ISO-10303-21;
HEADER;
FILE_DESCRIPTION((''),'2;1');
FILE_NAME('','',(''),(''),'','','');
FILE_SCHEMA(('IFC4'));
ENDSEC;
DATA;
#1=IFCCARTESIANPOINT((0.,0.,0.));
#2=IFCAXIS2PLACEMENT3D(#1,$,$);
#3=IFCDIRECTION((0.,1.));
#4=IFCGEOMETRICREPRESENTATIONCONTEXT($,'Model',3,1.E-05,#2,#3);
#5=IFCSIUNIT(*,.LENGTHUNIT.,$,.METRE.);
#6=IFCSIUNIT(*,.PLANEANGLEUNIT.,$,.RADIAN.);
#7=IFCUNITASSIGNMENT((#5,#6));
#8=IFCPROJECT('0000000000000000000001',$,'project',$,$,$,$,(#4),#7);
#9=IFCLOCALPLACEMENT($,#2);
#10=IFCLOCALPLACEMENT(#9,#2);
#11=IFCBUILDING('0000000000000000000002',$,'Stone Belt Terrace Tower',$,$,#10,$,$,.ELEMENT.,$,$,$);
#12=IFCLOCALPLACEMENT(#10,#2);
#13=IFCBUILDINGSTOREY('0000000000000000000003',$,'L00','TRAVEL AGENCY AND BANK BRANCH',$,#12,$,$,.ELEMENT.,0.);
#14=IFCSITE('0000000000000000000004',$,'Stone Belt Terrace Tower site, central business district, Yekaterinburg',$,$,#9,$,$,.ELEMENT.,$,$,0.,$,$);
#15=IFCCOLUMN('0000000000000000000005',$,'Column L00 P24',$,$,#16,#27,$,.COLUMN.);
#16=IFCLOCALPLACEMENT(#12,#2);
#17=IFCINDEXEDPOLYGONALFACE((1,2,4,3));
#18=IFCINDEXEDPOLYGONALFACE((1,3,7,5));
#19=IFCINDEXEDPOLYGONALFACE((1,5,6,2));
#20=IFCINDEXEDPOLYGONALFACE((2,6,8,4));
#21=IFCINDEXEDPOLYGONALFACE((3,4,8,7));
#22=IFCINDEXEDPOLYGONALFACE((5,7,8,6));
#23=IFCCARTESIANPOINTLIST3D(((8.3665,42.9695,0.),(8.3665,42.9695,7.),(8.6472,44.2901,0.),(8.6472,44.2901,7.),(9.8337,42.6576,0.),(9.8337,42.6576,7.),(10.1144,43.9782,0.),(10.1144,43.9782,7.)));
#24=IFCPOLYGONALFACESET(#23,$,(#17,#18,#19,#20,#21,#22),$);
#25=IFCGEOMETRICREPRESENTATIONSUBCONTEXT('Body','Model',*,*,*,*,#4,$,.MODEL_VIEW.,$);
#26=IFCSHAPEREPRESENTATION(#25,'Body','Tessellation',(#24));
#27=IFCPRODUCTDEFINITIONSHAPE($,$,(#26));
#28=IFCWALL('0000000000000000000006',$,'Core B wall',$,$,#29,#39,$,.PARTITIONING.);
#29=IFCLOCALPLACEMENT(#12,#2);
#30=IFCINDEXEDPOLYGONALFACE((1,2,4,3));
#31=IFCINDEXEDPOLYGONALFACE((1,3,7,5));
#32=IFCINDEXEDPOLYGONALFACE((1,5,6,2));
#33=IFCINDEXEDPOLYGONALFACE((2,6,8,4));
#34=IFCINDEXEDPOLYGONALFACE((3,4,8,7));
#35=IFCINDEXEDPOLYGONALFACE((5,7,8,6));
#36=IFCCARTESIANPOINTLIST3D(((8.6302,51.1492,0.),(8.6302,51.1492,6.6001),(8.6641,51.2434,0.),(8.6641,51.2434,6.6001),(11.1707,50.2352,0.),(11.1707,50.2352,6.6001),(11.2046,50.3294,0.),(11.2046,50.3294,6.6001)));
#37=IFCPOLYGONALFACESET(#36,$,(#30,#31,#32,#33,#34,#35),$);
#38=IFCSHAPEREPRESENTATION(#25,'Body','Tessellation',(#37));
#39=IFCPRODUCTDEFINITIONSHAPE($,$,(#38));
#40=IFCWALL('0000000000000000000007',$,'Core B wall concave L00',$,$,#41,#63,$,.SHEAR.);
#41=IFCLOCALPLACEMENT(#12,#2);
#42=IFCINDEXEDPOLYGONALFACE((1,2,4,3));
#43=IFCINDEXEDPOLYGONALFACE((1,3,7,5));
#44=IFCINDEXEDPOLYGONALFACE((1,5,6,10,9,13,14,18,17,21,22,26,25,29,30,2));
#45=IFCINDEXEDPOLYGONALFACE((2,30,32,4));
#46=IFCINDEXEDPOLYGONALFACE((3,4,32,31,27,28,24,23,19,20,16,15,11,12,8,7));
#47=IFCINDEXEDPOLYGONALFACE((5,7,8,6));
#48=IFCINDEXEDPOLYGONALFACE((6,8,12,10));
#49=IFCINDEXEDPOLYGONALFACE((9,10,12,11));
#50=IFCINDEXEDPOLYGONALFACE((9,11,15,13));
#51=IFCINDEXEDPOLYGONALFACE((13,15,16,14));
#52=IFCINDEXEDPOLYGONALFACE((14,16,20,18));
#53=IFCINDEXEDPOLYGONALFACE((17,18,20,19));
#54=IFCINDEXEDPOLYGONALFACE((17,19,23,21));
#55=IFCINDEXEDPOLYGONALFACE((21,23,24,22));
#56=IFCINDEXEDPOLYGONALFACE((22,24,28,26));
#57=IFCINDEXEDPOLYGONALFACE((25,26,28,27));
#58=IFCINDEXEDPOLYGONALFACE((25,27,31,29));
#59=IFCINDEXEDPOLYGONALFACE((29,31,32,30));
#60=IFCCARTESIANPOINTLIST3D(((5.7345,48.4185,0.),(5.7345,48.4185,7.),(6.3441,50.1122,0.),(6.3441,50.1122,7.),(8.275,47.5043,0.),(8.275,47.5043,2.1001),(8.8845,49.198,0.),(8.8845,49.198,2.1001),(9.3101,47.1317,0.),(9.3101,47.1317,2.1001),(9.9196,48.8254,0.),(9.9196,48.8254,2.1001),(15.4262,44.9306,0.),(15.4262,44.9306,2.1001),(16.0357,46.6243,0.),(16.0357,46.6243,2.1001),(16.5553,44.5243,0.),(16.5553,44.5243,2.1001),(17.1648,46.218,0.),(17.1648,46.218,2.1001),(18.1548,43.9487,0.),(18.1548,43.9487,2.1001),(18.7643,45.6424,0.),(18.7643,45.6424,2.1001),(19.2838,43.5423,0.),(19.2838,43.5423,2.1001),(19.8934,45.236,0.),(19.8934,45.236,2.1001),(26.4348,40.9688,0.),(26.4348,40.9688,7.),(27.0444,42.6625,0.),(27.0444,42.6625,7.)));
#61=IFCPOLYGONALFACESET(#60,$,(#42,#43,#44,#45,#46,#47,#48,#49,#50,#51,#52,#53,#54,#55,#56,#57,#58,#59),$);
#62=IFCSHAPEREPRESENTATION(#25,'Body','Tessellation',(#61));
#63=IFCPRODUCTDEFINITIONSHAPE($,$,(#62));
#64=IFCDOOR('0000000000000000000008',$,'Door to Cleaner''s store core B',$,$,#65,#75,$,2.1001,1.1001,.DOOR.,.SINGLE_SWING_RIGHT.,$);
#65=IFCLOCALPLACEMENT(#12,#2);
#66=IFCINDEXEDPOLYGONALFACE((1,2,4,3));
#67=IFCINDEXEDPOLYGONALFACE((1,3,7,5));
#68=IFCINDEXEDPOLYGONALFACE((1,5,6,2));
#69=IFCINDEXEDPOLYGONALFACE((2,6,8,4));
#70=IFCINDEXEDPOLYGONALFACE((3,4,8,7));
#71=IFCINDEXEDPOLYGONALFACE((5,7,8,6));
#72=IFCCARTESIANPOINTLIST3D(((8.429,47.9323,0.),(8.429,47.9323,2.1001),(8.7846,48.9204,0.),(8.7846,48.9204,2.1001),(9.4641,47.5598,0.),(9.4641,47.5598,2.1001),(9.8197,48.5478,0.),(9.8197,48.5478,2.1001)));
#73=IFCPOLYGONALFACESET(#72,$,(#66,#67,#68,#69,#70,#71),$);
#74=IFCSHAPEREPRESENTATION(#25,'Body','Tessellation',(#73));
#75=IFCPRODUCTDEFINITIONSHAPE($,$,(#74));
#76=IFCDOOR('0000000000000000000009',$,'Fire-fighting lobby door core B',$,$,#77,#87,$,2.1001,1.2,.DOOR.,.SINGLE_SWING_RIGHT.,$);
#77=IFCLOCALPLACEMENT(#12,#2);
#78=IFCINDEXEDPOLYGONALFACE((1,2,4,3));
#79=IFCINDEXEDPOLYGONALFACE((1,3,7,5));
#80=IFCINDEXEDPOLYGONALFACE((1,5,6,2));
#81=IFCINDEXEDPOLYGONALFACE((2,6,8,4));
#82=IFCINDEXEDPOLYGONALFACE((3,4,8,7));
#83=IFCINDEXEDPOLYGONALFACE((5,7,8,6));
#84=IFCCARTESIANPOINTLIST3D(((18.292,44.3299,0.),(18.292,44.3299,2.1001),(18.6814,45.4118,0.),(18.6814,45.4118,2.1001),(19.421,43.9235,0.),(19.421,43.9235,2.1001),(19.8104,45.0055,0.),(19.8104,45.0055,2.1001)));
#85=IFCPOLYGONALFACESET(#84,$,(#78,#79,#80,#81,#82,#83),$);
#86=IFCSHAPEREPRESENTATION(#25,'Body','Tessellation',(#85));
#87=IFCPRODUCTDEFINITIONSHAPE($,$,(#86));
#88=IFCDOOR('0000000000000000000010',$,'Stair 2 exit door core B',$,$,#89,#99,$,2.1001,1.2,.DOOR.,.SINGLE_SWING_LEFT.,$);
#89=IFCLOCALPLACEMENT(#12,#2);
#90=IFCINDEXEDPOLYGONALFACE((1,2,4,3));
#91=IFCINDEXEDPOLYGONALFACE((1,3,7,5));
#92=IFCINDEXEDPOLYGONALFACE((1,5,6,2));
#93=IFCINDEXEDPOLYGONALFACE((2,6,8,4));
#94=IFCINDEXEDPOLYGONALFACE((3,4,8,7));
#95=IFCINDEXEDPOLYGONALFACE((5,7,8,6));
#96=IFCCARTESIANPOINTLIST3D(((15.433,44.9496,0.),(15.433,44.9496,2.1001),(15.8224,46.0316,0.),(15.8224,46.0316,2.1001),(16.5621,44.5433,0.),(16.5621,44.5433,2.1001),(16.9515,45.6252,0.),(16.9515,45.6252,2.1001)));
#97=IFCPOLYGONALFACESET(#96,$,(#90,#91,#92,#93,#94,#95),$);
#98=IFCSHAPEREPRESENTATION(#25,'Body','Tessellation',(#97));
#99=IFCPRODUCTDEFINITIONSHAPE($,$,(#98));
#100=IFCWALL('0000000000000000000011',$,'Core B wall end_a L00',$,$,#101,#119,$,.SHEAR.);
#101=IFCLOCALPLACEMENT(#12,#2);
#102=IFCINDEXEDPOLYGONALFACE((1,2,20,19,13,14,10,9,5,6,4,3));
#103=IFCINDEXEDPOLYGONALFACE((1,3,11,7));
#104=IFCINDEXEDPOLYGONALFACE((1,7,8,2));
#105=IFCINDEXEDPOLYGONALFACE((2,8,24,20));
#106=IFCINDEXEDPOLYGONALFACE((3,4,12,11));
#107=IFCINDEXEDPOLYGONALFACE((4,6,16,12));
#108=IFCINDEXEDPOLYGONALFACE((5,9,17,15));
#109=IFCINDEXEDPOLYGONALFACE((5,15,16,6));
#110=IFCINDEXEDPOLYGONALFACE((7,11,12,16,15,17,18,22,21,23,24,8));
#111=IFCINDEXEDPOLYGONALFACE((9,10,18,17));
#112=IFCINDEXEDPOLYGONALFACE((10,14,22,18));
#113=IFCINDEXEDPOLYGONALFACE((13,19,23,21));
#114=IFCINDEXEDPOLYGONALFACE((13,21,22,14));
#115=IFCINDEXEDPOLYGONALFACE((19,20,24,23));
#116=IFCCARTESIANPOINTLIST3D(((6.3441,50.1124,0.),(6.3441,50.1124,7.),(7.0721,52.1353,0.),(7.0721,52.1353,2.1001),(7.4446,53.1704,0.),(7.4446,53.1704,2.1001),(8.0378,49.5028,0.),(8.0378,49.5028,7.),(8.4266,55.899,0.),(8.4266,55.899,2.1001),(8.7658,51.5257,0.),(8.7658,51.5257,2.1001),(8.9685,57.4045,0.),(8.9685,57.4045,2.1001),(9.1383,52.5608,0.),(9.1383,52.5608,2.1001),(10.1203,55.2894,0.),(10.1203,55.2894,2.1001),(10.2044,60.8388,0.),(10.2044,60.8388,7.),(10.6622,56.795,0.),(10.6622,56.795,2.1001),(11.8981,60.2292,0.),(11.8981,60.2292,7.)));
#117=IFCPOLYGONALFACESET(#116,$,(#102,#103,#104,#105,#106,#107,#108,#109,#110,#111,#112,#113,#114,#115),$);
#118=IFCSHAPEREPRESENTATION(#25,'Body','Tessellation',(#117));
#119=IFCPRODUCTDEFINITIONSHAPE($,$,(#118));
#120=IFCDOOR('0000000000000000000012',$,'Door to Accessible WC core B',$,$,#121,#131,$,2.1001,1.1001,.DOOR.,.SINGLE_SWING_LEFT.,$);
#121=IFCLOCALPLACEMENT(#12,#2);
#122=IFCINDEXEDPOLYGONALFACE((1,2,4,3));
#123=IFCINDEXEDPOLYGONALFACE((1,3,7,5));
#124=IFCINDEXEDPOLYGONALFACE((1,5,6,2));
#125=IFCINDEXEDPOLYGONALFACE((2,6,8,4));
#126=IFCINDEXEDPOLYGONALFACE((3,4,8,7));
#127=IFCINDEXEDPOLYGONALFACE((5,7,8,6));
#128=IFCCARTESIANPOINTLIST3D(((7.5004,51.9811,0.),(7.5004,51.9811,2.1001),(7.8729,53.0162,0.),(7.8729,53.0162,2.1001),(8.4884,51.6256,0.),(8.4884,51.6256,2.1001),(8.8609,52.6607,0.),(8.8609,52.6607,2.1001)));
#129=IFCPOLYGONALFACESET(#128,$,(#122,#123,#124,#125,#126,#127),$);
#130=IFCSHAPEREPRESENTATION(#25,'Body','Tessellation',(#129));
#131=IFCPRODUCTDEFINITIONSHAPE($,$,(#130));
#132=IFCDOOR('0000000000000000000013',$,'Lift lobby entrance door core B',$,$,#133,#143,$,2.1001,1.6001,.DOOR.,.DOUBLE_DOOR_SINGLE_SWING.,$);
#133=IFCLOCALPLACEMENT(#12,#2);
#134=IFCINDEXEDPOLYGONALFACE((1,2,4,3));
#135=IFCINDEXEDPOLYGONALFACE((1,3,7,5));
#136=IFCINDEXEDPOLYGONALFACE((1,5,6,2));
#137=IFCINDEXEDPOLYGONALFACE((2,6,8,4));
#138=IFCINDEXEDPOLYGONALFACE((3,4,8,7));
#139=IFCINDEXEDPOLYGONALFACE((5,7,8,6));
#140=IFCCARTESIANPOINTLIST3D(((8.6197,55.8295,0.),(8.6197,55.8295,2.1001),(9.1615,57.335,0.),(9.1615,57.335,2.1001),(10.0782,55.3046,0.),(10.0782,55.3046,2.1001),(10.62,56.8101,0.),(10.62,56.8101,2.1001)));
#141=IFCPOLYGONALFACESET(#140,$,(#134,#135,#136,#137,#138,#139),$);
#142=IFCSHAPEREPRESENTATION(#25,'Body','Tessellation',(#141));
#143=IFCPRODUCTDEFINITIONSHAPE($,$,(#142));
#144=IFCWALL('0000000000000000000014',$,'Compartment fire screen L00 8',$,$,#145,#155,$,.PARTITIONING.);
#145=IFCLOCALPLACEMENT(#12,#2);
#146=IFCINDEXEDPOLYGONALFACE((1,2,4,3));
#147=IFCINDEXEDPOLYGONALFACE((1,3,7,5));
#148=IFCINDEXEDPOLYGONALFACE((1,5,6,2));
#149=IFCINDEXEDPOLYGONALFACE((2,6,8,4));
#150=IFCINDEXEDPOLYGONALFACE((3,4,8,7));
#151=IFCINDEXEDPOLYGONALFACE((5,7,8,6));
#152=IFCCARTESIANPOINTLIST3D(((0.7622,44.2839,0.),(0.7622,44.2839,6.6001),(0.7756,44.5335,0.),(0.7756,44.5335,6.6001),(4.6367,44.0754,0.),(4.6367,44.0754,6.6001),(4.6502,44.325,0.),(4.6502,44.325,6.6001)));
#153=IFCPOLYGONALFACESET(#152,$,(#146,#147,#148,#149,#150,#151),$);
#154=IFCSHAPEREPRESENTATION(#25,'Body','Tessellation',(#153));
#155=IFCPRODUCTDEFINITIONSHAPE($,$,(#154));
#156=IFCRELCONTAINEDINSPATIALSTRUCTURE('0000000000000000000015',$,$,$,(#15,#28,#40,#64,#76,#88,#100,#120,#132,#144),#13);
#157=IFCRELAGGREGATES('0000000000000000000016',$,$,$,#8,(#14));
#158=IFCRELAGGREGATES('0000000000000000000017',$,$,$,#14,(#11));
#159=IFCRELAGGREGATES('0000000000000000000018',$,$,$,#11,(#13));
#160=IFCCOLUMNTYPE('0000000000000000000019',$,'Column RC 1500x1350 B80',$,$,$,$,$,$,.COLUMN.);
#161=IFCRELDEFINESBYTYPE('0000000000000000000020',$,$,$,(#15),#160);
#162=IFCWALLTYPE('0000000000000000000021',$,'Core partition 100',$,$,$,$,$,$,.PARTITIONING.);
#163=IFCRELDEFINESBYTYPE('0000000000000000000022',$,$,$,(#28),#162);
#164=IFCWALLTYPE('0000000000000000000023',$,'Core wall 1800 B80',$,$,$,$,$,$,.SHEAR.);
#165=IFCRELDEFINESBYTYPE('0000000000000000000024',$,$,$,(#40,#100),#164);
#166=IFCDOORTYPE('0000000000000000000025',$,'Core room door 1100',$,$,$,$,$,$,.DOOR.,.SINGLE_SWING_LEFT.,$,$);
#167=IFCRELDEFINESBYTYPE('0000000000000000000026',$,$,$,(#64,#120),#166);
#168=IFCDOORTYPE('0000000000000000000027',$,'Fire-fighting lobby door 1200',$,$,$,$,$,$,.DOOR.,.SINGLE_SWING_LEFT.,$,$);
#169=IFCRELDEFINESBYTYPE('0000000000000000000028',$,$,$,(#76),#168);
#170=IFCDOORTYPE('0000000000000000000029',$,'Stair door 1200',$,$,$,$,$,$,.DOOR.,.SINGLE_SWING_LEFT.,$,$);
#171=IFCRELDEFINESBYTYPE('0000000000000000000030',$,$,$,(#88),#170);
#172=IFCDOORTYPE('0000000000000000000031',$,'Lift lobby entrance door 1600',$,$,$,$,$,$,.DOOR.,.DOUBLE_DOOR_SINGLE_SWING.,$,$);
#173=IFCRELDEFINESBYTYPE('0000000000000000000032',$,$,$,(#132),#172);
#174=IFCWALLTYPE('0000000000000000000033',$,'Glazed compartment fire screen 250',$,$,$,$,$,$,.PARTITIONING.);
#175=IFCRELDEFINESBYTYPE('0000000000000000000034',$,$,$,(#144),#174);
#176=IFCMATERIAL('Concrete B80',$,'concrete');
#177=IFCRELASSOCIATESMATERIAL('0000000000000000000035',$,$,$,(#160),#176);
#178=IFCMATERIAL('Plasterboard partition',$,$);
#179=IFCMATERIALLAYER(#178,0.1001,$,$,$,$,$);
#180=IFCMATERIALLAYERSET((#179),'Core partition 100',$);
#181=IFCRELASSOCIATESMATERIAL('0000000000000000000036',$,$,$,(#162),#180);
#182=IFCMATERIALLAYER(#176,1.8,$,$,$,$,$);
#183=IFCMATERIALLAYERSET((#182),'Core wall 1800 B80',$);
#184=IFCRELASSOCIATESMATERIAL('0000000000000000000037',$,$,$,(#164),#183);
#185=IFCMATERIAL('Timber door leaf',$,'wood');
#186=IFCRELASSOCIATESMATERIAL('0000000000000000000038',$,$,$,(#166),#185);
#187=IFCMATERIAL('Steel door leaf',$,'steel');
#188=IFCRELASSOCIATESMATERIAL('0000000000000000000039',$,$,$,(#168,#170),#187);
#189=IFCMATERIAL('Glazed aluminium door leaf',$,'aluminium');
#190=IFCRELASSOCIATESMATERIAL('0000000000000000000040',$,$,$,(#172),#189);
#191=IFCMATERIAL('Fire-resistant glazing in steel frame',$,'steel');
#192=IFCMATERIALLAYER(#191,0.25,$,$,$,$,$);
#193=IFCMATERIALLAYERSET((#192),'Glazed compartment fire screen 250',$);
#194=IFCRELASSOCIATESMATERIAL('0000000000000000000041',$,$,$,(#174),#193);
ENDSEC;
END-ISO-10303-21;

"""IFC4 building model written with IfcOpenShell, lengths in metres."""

from ifc_helpers import new_model, si_unit, direction, frame, frame_2d, origin, origin_2d, place, context, subcontext, project, spatial, rectangle, extrude, material, layer, layer_set, material_profile, profile_set, type_object, element, fill, save


model = new_model("IFC4")

# Units and contexts
model_context = context("Model", 3, precision=1e-05, world=origin(), true_north=direction((0.0, 1.0)))
body_context = subcontext(model_context, "Body", "Model", "MODEL_VIEW")
ifc_project = project(units=[si_unit("LENGTHUNIT", "METRE"), si_unit("PLANEANGLEUNIT", "RADIAN")], contexts=[model_context])

# Site, building, storey
site_placement = place(None, origin())
site = spatial("IfcSite", under=ifc_project, at=site_placement, Name="Stone Belt Terrace Tower site, central business district, Yekaterinburg", CompositionType="ELEMENT", RefElevation=0.0)
building_placement = place(site_placement, origin())
building = spatial("IfcBuilding", under=site, at=building_placement, Name="Stone Belt Terrace Tower", CompositionType="ELEMENT")
storey_placement = place(building_placement, origin())
storey = spatial("IfcBuildingStorey", under=building, at=storey_placement, Name="L00", Description="TRAVEL AGENCY AND BANK BRANCH", CompositionType="ELEMENT", Elevation=0.0)

# Column
ifc_material_1 = material(Name="Concrete B80", Category="concrete")
ifc_material_profile = material_profile(ifc_material_1, rectangle(XDim=1.5, YDim=1.3501, at=origin_2d()), Name="RC 1500x1350")
ifc_profile_set = profile_set([ifc_material_profile], Name="Concrete B80")
column_type = type_object("IfcColumnType", Name="Column RC 1500x1350 B80", PredefinedType="COLUMN", material=ifc_profile_set)
column_placement = place(storey_placement, frame((9.2405, 43.4739, 0.0), z_axis=(0.0, 0.0, 1.0), x_axis=(0.978148, -0.207912, 0.0)))
element("IfcColumn", 1, at=column_placement, inside=storey, type_object=column_type, Name="Column L00 P24", PredefinedType="COLUMN", context=body_context, shape_type="SweptSolid", body=[
    extrude(rectangle(XDim=1.5, YDim=1.3501, at=origin_2d()), origin(), (0.0, 0.0, 1.0), 7.0),
])

# Wall
ifc_material_2 = material(Name="Plasterboard partition")
ifc_layer_1 = layer(ifc_material_2, 0.1001)
ifc_layer_set_1 = layer_set([ifc_layer_1], Name="Core partition 100")
wall_type_1 = type_object("IfcWallType", Name="Core partition 100", PredefinedType="PARTITIONING", material=ifc_layer_set_1)
wall_1_placement = place(storey_placement, frame((11.1877, 50.2822, 0.0), z_axis=(0.0, 0.0, 1.0), x_axis=(-0.94095, 0.338547, 0.0)))
element("IfcWall", 2, at=wall_1_placement, inside=storey, type_object=wall_type_1, Name="Core B wall", PredefinedType="PARTITIONING", context=body_context, shape_type="SweptSolid", body=[
    extrude(rectangle(XDim=2.7, YDim=0.1001, at=frame_2d((1.3501, 0.0))), origin(), (0.0, 0.0, 1.0), 6.6001),
])

# Walls, openings, doors
ifc_layer_2 = layer(ifc_material_1, 1.8)
ifc_layer_set_2 = layer_set([ifc_layer_2], Name="Core wall 1800 B80")
wall_type_2 = type_object("IfcWallType", Name="Core wall 1800 B80", PredefinedType="SHEAR", material=ifc_layer_set_2)
wall_2_placement = place(storey_placement, frame((6.0393, 49.2654, 0.0), z_axis=(0.0, 0.0, 1.0), x_axis=(0.940922, -0.338624, 0.0)))
wall_2 = element("IfcWall", 3, at=wall_2_placement, inside=storey, type_object=wall_type_2, Name="Core B wall concave L00", PredefinedType="SHEAR", context=body_context, shape_type="SweptSolid", body=[
    extrude(rectangle(XDim=22.0, YDim=1.8, at=frame_2d((11.0, 0.0))), origin(), (0.0, 0.0, 1.0), 7.0),
])
opening_1_placement = place(wall_2_placement, frame((13.2, 0.0, 0.0)))
opening_1 = element("IfcOpeningElement", 4, at=opening_1_placement, cuts=wall_2, PredefinedType="OPENING", context=body_context, shape_type="SweptSolid", body=[
    extrude(rectangle(XDim=1.2, YDim=2.1001, at=frame_2d((0.6001, 1.05))), frame((0.0, 0.9099, 0.0), z_axis=(0.0, -1.0, 0.0), x_axis=(1.0, 0.0, 0.0)), (0.0, 0.0, 1.0), 1.8201),
])
opening_2_placement = place(wall_2_placement, frame((10.3, 0.0, 0.0)))
opening_2 = element("IfcOpeningElement", 5, at=opening_2_placement, cuts=wall_2, PredefinedType="OPENING", context=body_context, shape_type="SweptSolid", body=[
    extrude(rectangle(XDim=1.2, YDim=2.1001, at=frame_2d((0.6001, 1.05))), frame((0.0, 0.9099, 0.0), z_axis=(0.0, -1.0, 0.0), x_axis=(1.0, 0.0, 0.0)), (0.0, 0.0, 1.0), 1.8201),
])
opening_3_placement = place(wall_2_placement, frame((2.7, 0.0, 0.0)))
opening_3 = element("IfcOpeningElement", 6, at=opening_3_placement, cuts=wall_2, PredefinedType="OPENING", context=body_context, shape_type="SweptSolid", body=[
    extrude(rectangle(XDim=1.1001, YDim=2.1001, at=frame_2d((0.55, 1.05))), frame((0.0, 0.9099, 0.0), z_axis=(0.0, -1.0, 0.0), x_axis=(1.0, 0.0, 0.0)), (0.0, 0.0, 1.0), 1.8201),
])
ifc_material_3 = material(Name="Timber door leaf", Category="wood")
door_type_1 = type_object("IfcDoorType", Name="Core room door 1100", OperationType="SINGLE_SWING_LEFT", PredefinedType="DOOR", material=ifc_material_3)
door_1_placement = place(opening_3_placement, origin())
door_1 = element("IfcDoor", 7, at=door_1_placement, inside=storey, type_object=door_type_1, Name="Door to Cleaner's store core B", OperationType="SINGLE_SWING_RIGHT", OverallHeight=2.1001, OverallWidth=1.1001, PredefinedType="DOOR", context=body_context, shape_type="SweptSolid", body=[
    extrude(rectangle(XDim=1.1001, YDim=2.1001, at=frame_2d((0.55, 1.05))), frame((0.0, 0.605, 0.0), z_axis=(0.0, -1.0, 0.0), x_axis=(1.0, 0.0, 0.0)), (0.0, 0.0, 1.0), 1.05),
])
fill(opening_3, door_1)
ifc_material_4 = material(Name="Steel door leaf", Category="steel")
door_type_2 = type_object("IfcDoorType", Name="Fire-fighting lobby door 1200", OperationType="SINGLE_SWING_LEFT", PredefinedType="DOOR", material=ifc_material_4)
door_2_placement = place(opening_1_placement, origin())
door_2 = element("IfcDoor", 8, at=door_2_placement, inside=storey, type_object=door_type_2, Name="Fire-fighting lobby door core B", OperationType="SINGLE_SWING_RIGHT", OverallHeight=2.1001, OverallWidth=1.2, PredefinedType="DOOR", context=body_context, shape_type="SweptSolid", body=[
    extrude(rectangle(XDim=1.2, YDim=2.1001, at=frame_2d((0.6001, 1.05))), frame((0.0, 0.655, 0.0), z_axis=(0.0, -1.0, 0.0), x_axis=(1.0, 0.0, 0.0)), (0.0, 0.0, 1.0), 1.1499),
])
fill(opening_1, door_2)
door_type_3 = type_object("IfcDoorType", Name="Stair door 1200", OperationType="SINGLE_SWING_LEFT", PredefinedType="DOOR", material=ifc_material_4)
door_3_placement = place(opening_2_placement, origin())
door_3 = element("IfcDoor", 9, at=door_3_placement, inside=storey, type_object=door_type_3, Name="Stair 2 exit door core B", OperationType="SINGLE_SWING_LEFT", OverallHeight=2.1001, OverallWidth=1.2, PredefinedType="DOOR", context=body_context, shape_type="SweptSolid", body=[
    extrude(rectangle(XDim=1.2, YDim=2.1001, at=frame_2d((0.6001, 1.05))), frame((0.0, 0.27, 0.0), z_axis=(0.0, -1.0, 0.0), x_axis=(1.0, 0.0, 0.0)), (0.0, 0.0, 1.0), 1.1499),
])
fill(opening_2, door_3)
wall_3_placement = place(storey_placement, frame((7.1909, 49.8076, 0.0), z_axis=(0.0, 0.0, 1.0), x_axis=(0.338632, 0.940919, 0.0)))
wall_3 = element("IfcWall", 10, at=wall_3_placement, inside=storey, type_object=wall_type_2, Name="Core B wall end_a L00", PredefinedType="SHEAR", context=body_context, shape_type="SweptSolid", body=[
    extrude(rectangle(XDim=11.3999, YDim=1.8, at=frame_2d((5.7, 0.0))), origin(), (0.0, 0.0, 1.0), 7.0),
])
opening_4_placement = place(wall_3_placement, frame((6.1499, 0.0, 0.0)))
opening_4 = element("IfcOpeningElement", 11, at=opening_4_placement, cuts=wall_3, PredefinedType="OPENING", context=body_context, shape_type="SweptSolid", body=[
    extrude(rectangle(XDim=1.6001, YDim=2.1001, at=frame_2d((0.8, 1.05))), frame((0.0, 0.9099, 0.0), z_axis=(0.0, -1.0, 0.0), x_axis=(1.0, 0.0, 0.0)), (0.0, 0.0, 1.0), 1.8201),
])
opening_5_placement = place(wall_3_placement, frame((2.1499, 0.0, 0.0)))
opening_5 = element("IfcOpeningElement", 12, at=opening_5_placement, cuts=wall_3, PredefinedType="OPENING", context=body_context, shape_type="SweptSolid", body=[
    extrude(rectangle(XDim=1.1001, YDim=2.1001, at=frame_2d((0.55, 1.05))), frame((0.0, 0.9099, 0.0), z_axis=(0.0, -1.0, 0.0), x_axis=(1.0, 0.0, 0.0)), (0.0, 0.0, 1.0), 1.8201),
])
door_4_placement = place(opening_5_placement, origin())
door_4 = element("IfcDoor", 13, at=door_4_placement, inside=storey, type_object=door_type_1, Name="Door to Accessible WC core B", OperationType="SINGLE_SWING_LEFT", OverallHeight=2.1001, OverallWidth=1.1001, PredefinedType="DOOR", context=body_context, shape_type="SweptSolid", body=[
    extrude(rectangle(XDim=1.1001, YDim=2.1001, at=frame_2d((0.55, 1.05))), frame((0.0, 0.4448, 0.0), z_axis=(0.0, -1.0, 0.0), x_axis=(1.0, 0.0, 0.0)), (0.0, 0.0, 1.0), 1.05),
])
fill(opening_5, door_4)
ifc_material_5 = material(Name="Glazed aluminium door leaf", Category="aluminium")
door_type_4 = type_object("IfcDoorType", Name="Lift lobby entrance door 1600", OperationType="DOUBLE_DOOR_SINGLE_SWING", PredefinedType="DOOR", material=ifc_material_5)
door_5_placement = place(opening_4_placement, origin())
door_5 = element("IfcDoor", 14, at=door_5_placement, inside=storey, type_object=door_type_4, Name="Lift lobby entrance door core B", OperationType="DOUBLE_DOOR_SINGLE_SWING", OverallHeight=2.1001, OverallWidth=1.6001, PredefinedType="DOOR", context=body_context, shape_type="SweptSolid", body=[
    extrude(rectangle(XDim=1.6001, YDim=2.1001, at=frame_2d((0.8, 1.05))), frame((0.0, 0.6948, 0.0), z_axis=(0.0, -1.0, 0.0), x_axis=(1.0, 0.0, 0.0)), (0.0, 0.0, 1.0), 1.55),
])
fill(opening_4, door_5)

# Wall
ifc_material_6 = material(Name="Fire-resistant glazing in steel frame", Category="steel")
ifc_layer_3 = layer(ifc_material_6, 0.25)
ifc_layer_set_3 = layer_set([ifc_layer_3], Name="Glazed compartment fire screen 250")
wall_type_3 = type_object("IfcWallType", Name="Glazed compartment fire screen 250", PredefinedType="PARTITIONING", material=ifc_layer_set_3)
wall_4_placement = place(storey_placement, frame((0.769, 44.4087, 0.0), z_axis=(0.0, 0.0, 1.0), x_axis=(0.998555, -0.053734, 0.0)))
element("IfcWall", 15, at=wall_4_placement, inside=storey, type_object=wall_type_3, Name="Compartment fire screen L00 8", PredefinedType="PARTITIONING", context=body_context, shape_type="SweptSolid", body=[
    extrude(rectangle(XDim=3.8801, YDim=0.25, at=frame_2d((1.9399, 0.0))), origin(), (0.0, 0.0, 1.0), 6.6001),
])

save(model, "model.ifc")
